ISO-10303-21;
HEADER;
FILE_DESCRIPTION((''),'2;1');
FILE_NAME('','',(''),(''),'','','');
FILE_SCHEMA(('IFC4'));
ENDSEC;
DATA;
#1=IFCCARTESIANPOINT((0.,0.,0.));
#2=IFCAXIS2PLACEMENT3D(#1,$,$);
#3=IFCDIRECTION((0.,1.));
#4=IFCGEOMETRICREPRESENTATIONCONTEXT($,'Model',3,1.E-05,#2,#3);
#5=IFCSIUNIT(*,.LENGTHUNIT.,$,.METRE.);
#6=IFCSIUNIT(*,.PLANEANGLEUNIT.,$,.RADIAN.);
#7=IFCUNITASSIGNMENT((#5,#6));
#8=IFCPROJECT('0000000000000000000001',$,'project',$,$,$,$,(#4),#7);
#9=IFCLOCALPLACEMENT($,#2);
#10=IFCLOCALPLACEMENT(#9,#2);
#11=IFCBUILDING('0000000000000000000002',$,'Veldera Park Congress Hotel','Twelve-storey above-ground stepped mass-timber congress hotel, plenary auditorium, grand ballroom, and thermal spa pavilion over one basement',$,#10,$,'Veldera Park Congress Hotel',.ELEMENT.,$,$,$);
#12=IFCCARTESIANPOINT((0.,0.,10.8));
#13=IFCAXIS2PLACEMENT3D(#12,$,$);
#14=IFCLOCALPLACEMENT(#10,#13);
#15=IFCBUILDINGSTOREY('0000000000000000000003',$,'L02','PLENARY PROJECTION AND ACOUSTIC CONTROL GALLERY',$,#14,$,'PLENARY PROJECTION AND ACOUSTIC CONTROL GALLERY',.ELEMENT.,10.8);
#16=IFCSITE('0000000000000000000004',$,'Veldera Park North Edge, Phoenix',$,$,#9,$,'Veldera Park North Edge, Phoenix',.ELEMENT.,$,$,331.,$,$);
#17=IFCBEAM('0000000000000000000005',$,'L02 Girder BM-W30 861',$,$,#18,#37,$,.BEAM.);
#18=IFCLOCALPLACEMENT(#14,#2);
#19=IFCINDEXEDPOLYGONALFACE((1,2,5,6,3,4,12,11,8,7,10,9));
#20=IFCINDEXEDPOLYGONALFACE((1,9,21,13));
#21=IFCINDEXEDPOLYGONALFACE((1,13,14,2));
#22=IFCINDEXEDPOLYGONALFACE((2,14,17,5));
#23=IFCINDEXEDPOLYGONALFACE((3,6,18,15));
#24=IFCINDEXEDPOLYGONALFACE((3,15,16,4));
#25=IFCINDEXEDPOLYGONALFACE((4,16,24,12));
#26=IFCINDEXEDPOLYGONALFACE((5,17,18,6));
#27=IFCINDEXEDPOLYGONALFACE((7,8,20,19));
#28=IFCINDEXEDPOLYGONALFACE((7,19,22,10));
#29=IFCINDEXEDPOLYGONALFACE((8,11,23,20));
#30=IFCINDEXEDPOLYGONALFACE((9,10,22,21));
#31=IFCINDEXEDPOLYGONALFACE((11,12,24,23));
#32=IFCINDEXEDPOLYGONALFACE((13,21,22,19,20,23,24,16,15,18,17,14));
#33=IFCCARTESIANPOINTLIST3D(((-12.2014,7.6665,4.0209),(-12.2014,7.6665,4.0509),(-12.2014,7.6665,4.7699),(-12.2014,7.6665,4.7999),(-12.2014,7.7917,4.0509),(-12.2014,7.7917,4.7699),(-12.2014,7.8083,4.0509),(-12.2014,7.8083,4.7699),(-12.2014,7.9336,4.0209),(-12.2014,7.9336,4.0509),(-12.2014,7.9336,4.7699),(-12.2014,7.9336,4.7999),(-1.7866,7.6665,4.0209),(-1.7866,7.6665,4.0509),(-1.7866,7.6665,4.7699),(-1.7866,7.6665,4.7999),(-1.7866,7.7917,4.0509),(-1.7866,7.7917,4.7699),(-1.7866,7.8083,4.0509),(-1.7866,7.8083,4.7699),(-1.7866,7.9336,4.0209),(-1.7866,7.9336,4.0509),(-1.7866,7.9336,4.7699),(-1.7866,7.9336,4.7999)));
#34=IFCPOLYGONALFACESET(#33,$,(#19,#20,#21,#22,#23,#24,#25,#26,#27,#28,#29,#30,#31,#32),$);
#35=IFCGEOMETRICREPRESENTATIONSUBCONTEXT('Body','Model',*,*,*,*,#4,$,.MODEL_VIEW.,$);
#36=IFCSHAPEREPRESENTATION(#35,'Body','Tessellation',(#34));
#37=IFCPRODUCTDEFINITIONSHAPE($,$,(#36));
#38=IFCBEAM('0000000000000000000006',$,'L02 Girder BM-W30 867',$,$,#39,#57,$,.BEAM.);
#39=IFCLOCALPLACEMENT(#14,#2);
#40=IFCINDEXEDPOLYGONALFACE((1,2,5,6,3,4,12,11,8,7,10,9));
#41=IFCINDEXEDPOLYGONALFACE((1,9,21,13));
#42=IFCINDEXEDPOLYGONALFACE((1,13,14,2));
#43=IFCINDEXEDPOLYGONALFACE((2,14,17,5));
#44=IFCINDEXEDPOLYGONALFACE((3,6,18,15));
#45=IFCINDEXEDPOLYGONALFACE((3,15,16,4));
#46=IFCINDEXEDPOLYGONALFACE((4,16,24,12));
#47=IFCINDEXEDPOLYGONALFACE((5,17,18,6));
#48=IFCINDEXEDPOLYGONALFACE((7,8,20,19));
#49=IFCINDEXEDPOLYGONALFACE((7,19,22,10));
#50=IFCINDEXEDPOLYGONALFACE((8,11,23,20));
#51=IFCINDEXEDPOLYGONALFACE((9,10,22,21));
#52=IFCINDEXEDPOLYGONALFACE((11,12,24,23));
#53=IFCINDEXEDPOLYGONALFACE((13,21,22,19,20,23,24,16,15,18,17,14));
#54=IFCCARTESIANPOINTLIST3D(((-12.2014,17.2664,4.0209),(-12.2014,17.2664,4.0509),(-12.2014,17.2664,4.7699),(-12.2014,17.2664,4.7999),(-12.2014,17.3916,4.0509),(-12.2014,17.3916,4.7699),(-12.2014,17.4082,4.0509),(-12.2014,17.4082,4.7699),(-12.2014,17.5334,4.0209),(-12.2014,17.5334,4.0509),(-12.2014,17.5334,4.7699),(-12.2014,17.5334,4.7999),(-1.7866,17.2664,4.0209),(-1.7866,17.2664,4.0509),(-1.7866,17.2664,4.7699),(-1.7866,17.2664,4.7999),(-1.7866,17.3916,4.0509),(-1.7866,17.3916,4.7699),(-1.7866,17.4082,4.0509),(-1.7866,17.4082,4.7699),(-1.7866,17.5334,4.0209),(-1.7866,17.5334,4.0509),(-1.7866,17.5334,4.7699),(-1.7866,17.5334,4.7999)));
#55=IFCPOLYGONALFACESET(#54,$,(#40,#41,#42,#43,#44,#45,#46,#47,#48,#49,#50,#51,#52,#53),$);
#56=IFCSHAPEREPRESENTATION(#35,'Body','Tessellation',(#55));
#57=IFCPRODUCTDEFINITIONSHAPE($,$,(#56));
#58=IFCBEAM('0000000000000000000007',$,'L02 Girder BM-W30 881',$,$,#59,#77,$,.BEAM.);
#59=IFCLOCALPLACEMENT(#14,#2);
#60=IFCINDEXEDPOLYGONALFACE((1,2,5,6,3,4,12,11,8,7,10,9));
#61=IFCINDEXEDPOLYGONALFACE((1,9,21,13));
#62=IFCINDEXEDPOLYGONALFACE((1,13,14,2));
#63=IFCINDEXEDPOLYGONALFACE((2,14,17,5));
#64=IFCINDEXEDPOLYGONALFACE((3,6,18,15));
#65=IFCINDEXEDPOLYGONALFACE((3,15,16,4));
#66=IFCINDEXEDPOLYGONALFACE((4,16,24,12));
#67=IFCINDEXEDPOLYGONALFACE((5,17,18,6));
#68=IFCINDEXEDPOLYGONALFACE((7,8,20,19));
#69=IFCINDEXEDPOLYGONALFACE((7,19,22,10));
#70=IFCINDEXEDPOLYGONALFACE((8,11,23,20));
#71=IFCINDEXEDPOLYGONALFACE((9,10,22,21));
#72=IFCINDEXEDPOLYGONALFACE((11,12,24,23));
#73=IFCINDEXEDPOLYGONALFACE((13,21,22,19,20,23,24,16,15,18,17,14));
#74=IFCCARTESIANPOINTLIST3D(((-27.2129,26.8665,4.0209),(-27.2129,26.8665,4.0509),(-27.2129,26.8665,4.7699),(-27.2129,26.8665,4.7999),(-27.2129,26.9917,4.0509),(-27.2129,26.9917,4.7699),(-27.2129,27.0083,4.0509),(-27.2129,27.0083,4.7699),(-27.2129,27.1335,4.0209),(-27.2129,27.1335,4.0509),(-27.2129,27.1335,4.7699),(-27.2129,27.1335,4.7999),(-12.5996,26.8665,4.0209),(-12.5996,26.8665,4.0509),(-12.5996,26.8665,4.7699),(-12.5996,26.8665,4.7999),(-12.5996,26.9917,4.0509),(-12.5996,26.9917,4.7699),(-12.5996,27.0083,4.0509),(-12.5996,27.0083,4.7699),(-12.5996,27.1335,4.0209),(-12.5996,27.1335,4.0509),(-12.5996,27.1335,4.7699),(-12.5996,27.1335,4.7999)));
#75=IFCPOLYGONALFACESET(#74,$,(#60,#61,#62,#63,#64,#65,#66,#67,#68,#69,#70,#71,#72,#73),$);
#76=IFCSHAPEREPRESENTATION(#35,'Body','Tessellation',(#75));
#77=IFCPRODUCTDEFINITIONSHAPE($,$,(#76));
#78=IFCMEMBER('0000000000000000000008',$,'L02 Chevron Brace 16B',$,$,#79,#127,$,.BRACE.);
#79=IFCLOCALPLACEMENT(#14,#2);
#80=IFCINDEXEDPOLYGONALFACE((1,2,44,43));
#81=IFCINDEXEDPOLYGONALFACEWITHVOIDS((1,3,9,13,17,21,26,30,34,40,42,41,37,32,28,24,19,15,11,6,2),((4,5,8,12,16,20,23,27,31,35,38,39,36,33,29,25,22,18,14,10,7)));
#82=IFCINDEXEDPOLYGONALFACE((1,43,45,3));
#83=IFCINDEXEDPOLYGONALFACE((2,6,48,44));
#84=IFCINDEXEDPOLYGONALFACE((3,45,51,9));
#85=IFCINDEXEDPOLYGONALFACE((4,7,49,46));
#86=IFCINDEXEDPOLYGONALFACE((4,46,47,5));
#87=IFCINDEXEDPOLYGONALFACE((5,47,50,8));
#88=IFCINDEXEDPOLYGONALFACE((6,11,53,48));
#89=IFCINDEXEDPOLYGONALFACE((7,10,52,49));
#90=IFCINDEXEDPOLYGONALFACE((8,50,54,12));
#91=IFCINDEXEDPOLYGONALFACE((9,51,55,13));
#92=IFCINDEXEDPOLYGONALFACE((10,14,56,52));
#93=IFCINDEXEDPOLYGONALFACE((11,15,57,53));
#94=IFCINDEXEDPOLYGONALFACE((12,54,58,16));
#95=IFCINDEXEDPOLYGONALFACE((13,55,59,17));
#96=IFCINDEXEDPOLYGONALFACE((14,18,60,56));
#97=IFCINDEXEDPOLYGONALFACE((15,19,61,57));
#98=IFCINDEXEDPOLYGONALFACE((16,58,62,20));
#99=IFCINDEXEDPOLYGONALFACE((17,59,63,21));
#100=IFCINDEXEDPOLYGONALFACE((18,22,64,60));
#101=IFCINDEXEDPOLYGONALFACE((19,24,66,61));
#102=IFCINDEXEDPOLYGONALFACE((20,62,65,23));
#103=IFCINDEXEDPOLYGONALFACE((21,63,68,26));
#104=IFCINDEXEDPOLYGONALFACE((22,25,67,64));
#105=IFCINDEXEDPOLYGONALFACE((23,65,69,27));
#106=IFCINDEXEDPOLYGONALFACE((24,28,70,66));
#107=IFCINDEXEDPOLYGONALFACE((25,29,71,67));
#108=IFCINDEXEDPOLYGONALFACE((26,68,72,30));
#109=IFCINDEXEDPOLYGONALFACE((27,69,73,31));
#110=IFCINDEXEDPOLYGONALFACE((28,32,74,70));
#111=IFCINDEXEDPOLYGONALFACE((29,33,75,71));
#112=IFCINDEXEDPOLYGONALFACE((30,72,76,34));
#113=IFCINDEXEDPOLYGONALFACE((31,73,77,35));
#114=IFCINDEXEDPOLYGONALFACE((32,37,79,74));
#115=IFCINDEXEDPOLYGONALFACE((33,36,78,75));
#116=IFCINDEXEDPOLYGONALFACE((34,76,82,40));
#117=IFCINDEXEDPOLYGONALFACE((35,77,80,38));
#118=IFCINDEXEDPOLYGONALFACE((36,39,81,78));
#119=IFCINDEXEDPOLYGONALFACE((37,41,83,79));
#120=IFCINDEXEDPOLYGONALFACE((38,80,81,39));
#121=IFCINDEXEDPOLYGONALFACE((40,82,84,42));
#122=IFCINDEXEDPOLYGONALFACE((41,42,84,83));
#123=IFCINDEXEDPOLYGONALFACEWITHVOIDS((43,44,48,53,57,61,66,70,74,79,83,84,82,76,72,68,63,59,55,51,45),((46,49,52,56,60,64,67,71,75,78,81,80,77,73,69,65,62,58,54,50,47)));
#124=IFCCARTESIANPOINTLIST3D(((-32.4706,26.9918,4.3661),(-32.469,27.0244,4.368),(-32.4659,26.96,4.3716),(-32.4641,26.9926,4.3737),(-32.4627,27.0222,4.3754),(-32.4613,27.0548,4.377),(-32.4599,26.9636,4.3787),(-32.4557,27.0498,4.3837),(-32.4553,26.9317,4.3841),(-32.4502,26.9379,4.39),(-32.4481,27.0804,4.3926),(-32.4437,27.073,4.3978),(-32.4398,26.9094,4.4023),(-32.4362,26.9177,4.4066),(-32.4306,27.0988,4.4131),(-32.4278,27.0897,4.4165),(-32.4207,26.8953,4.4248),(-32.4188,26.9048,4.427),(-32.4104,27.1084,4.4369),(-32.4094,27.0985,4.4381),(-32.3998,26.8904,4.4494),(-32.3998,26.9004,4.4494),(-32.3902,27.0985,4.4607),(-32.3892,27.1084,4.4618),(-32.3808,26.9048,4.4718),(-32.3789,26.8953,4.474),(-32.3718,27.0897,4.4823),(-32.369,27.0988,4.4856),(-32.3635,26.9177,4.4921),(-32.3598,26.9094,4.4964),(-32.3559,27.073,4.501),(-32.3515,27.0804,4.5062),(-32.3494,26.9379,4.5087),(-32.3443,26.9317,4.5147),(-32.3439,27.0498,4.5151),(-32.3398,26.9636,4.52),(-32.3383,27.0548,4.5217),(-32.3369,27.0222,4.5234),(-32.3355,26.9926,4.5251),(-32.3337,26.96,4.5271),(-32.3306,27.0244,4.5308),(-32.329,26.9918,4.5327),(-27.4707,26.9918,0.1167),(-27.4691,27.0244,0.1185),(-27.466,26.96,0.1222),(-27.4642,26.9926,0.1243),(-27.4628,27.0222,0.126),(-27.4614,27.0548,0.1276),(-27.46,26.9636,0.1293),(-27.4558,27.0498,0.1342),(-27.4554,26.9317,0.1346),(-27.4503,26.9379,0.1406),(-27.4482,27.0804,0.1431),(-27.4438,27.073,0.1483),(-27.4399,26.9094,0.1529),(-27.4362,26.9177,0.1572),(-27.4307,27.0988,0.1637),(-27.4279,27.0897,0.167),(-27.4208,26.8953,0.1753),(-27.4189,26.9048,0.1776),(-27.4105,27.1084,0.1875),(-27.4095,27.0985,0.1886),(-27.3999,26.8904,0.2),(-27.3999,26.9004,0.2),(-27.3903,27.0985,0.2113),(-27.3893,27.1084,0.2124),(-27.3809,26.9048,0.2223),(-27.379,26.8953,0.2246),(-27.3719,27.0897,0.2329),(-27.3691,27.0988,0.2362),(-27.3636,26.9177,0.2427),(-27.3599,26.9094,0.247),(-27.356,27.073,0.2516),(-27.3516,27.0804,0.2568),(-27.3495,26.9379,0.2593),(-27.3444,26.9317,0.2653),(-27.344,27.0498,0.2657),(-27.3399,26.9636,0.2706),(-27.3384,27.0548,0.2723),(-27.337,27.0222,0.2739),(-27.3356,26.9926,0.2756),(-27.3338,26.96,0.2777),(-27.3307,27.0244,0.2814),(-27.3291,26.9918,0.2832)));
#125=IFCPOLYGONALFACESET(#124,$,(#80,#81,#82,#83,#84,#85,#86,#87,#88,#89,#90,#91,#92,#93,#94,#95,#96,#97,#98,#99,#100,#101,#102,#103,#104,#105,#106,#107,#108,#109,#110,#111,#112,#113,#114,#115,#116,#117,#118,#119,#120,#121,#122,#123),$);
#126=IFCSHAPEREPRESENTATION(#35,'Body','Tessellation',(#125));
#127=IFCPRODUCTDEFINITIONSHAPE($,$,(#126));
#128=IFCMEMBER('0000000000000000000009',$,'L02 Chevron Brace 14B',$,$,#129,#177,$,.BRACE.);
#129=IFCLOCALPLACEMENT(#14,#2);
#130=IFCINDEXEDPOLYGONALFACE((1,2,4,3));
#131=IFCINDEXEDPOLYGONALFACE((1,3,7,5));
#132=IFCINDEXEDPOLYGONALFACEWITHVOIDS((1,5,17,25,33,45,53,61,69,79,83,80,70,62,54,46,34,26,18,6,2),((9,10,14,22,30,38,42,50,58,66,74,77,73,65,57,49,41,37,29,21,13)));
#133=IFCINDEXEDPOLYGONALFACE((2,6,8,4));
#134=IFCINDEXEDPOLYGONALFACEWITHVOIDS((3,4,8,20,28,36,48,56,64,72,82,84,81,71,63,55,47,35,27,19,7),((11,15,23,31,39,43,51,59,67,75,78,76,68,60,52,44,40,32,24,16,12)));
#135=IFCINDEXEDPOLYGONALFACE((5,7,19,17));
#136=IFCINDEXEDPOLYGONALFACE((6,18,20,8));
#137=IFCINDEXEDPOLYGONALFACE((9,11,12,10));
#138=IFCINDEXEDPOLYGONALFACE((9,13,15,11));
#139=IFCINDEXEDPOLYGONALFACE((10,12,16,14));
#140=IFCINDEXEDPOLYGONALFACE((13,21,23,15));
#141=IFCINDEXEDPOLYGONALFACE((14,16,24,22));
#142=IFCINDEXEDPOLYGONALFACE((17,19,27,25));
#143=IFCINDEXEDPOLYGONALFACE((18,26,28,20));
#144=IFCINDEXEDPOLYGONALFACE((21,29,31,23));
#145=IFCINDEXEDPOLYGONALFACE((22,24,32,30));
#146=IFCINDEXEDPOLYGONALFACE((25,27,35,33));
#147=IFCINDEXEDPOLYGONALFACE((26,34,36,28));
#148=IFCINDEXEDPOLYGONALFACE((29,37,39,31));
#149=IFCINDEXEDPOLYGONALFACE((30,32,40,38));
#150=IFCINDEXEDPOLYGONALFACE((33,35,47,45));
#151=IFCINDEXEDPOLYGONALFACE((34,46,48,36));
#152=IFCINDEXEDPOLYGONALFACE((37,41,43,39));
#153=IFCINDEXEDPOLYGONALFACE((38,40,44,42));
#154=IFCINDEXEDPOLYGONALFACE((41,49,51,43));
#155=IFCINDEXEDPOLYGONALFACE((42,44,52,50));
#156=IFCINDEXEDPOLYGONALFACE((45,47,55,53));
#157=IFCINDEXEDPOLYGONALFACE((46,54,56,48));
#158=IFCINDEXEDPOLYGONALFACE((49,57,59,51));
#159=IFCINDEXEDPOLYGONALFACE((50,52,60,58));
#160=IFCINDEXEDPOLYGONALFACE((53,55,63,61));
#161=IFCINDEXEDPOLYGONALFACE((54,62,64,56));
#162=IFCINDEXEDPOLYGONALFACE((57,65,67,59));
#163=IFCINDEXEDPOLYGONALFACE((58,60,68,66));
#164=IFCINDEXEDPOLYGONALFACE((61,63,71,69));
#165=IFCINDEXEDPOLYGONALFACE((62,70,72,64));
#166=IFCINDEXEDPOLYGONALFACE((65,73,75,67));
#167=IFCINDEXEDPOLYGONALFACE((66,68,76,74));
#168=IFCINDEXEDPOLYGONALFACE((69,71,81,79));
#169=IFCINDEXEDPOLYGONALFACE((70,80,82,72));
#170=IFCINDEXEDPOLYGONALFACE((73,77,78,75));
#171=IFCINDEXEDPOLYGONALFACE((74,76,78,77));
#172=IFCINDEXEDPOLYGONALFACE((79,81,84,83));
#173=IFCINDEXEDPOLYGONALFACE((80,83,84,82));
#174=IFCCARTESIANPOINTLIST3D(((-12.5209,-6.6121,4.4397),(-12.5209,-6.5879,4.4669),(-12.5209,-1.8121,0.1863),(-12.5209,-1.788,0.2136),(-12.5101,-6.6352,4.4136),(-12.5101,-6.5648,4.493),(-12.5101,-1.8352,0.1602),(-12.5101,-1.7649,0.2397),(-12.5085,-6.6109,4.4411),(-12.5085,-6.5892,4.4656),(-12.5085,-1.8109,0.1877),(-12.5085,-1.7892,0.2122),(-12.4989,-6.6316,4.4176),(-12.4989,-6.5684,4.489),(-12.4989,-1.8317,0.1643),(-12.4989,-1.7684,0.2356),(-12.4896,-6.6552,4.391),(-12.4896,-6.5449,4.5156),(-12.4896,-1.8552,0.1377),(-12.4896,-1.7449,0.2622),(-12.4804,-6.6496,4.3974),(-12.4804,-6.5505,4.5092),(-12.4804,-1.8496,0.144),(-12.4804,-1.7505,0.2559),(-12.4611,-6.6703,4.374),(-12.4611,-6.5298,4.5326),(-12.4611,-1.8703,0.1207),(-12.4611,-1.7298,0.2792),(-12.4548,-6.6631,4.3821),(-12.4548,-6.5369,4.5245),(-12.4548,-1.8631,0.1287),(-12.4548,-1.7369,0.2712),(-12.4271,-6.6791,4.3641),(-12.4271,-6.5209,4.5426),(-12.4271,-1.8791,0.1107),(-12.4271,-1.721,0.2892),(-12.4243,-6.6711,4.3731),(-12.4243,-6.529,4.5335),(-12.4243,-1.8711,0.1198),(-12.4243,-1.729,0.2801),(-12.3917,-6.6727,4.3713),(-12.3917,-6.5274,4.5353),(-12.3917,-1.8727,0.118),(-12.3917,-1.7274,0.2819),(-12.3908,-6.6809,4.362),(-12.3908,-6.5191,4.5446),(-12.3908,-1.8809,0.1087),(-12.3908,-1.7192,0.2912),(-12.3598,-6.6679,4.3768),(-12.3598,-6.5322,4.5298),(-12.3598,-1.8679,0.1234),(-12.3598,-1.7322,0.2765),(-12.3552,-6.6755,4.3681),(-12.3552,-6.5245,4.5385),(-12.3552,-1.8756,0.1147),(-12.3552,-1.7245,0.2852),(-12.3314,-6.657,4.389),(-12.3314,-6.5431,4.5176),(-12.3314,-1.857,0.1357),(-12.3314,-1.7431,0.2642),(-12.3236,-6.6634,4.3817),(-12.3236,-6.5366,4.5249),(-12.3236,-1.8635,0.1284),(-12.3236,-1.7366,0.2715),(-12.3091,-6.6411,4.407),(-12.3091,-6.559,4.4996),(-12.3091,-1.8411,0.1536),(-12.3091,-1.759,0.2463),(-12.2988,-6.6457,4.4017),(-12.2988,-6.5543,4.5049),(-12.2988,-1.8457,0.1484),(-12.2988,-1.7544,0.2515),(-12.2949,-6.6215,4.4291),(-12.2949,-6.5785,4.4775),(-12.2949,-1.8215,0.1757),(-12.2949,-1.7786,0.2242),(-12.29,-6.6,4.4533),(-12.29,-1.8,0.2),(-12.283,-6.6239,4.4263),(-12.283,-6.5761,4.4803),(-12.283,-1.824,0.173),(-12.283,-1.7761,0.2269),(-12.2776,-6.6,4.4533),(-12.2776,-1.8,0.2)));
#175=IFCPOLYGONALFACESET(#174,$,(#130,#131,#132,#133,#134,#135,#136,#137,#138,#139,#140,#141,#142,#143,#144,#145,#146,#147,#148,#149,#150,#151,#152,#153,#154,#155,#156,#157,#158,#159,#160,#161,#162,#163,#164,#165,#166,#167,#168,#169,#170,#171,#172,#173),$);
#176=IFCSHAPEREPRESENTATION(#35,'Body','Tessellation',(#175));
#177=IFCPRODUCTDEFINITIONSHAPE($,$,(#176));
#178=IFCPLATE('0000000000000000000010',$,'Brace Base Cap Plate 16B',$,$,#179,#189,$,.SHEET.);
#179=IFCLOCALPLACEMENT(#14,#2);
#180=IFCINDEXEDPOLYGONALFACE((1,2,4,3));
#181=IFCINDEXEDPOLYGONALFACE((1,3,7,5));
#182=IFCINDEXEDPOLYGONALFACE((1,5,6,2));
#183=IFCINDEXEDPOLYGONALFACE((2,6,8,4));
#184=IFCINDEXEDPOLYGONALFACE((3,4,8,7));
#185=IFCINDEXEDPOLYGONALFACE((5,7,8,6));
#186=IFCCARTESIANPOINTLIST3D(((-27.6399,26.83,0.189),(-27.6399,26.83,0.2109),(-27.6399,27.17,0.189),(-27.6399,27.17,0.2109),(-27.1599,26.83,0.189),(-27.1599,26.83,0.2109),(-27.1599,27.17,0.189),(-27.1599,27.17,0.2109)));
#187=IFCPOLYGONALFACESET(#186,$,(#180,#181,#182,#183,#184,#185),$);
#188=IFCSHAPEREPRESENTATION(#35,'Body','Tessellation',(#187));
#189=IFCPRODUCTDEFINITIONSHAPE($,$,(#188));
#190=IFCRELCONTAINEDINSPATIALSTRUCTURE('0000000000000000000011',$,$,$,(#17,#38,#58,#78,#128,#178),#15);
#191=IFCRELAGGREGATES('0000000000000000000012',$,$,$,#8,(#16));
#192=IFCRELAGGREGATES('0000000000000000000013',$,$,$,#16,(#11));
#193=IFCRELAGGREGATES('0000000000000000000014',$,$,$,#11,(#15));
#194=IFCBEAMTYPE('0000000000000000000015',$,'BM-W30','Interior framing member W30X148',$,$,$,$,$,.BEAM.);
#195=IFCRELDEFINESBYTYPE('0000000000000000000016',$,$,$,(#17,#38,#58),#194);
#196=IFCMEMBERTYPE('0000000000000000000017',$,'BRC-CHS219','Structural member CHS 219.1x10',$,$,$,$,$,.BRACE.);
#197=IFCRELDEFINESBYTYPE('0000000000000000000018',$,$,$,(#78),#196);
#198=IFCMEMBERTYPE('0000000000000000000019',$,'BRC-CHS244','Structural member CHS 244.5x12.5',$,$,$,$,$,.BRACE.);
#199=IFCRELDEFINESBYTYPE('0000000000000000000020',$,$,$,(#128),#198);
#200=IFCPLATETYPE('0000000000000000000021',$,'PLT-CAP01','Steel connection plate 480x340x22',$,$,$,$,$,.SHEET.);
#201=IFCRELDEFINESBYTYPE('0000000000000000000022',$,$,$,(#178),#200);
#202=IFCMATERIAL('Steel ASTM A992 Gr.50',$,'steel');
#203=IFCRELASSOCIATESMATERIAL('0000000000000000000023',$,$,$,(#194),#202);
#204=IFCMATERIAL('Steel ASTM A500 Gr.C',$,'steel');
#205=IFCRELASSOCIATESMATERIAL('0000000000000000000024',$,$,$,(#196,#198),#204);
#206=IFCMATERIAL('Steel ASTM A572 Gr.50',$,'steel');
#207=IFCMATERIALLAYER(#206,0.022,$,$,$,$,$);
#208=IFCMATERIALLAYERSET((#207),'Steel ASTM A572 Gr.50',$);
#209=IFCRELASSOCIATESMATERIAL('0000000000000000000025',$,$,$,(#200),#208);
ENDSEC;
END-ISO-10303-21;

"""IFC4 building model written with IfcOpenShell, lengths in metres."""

from ifc_helpers import new_model, si_unit, direction, frame, origin, origin_2d, place, context, subcontext, project, spatial, rectangle, hollow_circle, i_section, extrude, material, layer, layer_set, material_profile, profile_set, type_object, element, save


model = new_model("IFC4")

# Units and contexts
model_context = context("Model", 3, precision=1e-05, world=origin(), true_north=direction((0.0, 1.0)))
body_context = subcontext(model_context, "Body", "Model", "MODEL_VIEW")
ifc_project = project(units=[si_unit("LENGTHUNIT", "METRE"), si_unit("PLANEANGLEUNIT", "RADIAN")], contexts=[model_context])

# Site, building, storey
site_placement = place(None, origin())
site = spatial("IfcSite", under=ifc_project, at=site_placement, Name="Veldera Park North Edge, Phoenix", LongName="Veldera Park North Edge, Phoenix", CompositionType="ELEMENT", RefElevation=331.0)
building_placement = place(site_placement, origin())
building = spatial("IfcBuilding", under=site, at=building_placement, Name="Veldera Park Congress Hotel", Description="Twelve-storey above-ground stepped mass-timber congress hotel, plenary auditorium, grand ballroom, and thermal spa pavilion over one basement", LongName="Veldera Park Congress Hotel", CompositionType="ELEMENT")
storey_placement = place(building_placement, frame((0.0, 0.0, 10.8)))
storey = spatial("IfcBuildingStorey", under=building, at=storey_placement, Name="L02", Description="PLENARY PROJECTION AND ACOUSTIC CONTROL GALLERY", LongName="PLENARY PROJECTION AND ACOUSTIC CONTROL GALLERY", CompositionType="ELEMENT", Elevation=10.8)

# Shared definitions
ifc_material_1 = material(Name="Steel ASTM A992 Gr.50", Category="steel")

# Beams
ifc_material_profile_1 = material_profile(ifc_material_1, i_section(OverallWidth=0.2671, OverallDepth=0.7791, WebThickness=0.0166, FlangeThickness=0.03, at=origin_2d()), Name="W30X148")
ifc_profile_set_1 = profile_set([ifc_material_profile_1], Name="Steel ASTM A992 Gr.50")
beam_type_1 = type_object("IfcBeamType", Name="BM-W30", Description="Interior framing member W30X148", PredefinedType="BEAM", material=ifc_profile_set_1)
for number, where, z_axis, x_axis, name in (
    (1, (-12.2014, 7.8, 4.4104), (1.0, 0.0, 0.0), (0.0, 1.0, 0.0), "L02 Girder BM-W30 861"),
    (2, (-12.2014, 17.3999, 4.4104), (1.0, 0.0, 0.0), (0.0, 1.0, 0.0), "L02 Girder BM-W30 867"),
):
    element("IfcBeam", number, at=place(storey_placement, frame(where, z_axis=z_axis, x_axis=x_axis)), inside=storey, type_object=beam_type_1, Name=name, PredefinedType="BEAM", context=body_context, shape_type="SweptSolid", body=[
        extrude(i_section(OverallWidth=0.2671, OverallDepth=0.7791, WebThickness=0.0166, FlangeThickness=0.03, at=origin_2d()), origin(), (0.0, 0.0, 1.0), 10.4148),
    ])
beam_1_placement = place(storey_placement, frame((-27.2129, 27.0, 4.4104), z_axis=(1.0, 0.0, 0.0), x_axis=(0.0, 1.0, 0.0)))
element("IfcBeam", 3, at=beam_1_placement, inside=storey, type_object=beam_type_1, Name="L02 Girder BM-W30 881", PredefinedType="BEAM", context=body_context, shape_type="SweptSolid", body=[
    extrude(i_section(OverallWidth=0.2671, OverallDepth=0.7791, WebThickness=0.0166, FlangeThickness=0.03, at=origin_2d()), origin(), (0.0, 0.0, 1.0), 14.6133),
])

# Members
ifc_material_2 = material(Name="Steel ASTM A500 Gr.C", Category="steel")
ifc_material_profile_2 = material_profile(ifc_material_2, hollow_circle(Radius=0.1096, WallThickness=0.01, at=origin_2d()), Name="CHS 219.1x10")
ifc_profile_set_2 = profile_set([ifc_material_profile_2], Name="Steel ASTM A500 Gr.C")
member_type_1 = type_object("IfcMemberType", Name="BRC-CHS219", Description="Structural member CHS 219.1x10", PredefinedType="BRACE", material=ifc_profile_set_2)
member_1_placement = place(storey_placement, frame((-27.3999, 27.0, 0.2), z_axis=(-0.761976, 0.0, 0.647605), x_axis=(0.0, -1.0, 0.0)))
element("IfcMember", 4, at=member_1_placement, inside=storey, type_object=member_type_1, Name="L02 Chevron Brace 16B", PredefinedType="BRACE", context=body_context, shape_type="SweptSolid", body=[
    extrude(hollow_circle(Radius=0.1096, WallThickness=0.01, at=origin_2d()), origin(), (0.0, 0.0, 1.0), 6.5618),
])
ifc_material_profile_3 = material_profile(ifc_material_2, hollow_circle(Radius=0.1223, WallThickness=0.0125, at=origin_2d()), Name="CHS 244.5x12.5")
ifc_profile_set_3 = profile_set([ifc_material_profile_3], Name="Steel ASTM A500 Gr.C")
member_type_2 = type_object("IfcMemberType", Name="BRC-CHS244", Description="Structural member CHS 244.5x12.5", PredefinedType="BRACE", material=ifc_profile_set_3)
member_2_placement = place(storey_placement, frame((-12.3999, -1.8, 0.2), z_axis=(0.0, -0.748438, 0.663205), x_axis=(1.0, 0.0, 0.0)))
element("IfcMember", 5, at=member_2_placement, inside=storey, type_object=member_type_2, Name="L02 Chevron Brace 14B", PredefinedType="BRACE", context=body_context, shape_type="SweptSolid", body=[
    extrude(hollow_circle(Radius=0.1223, WallThickness=0.0125, at=origin_2d()), origin(), (0.0, 0.0, 1.0), 6.4133),
])

# Plate
ifc_material_3 = material(Name="Steel ASTM A572 Gr.50", Category="steel")
ifc_layer_1 = layer(ifc_material_3, 0.022)
ifc_layer_set_1 = layer_set([ifc_layer_1], Name="Steel ASTM A572 Gr.50")
plate_type_1 = type_object("IfcPlateType", Name="PLT-CAP01", Description="Steel connection plate 480x340x22", PredefinedType="SHEET", material=ifc_layer_set_1)
plate_1_placement = place(storey_placement, frame((-27.3999, 27.0, 0.189), z_axis=(0.0, 0.0, 1.0), x_axis=(1.0, 0.0, 0.0)))
element("IfcPlate", 6, at=plate_1_placement, inside=storey, type_object=plate_type_1, Name="Brace Base Cap Plate 16B", PredefinedType="SHEET", context=body_context, shape_type="SweptSolid", body=[
    extrude(rectangle(XDim=0.48, YDim=0.3401, at=origin_2d()), origin(), (0.0, 0.0, 1.0), 0.022),
])

save(model, "model.ifc")
